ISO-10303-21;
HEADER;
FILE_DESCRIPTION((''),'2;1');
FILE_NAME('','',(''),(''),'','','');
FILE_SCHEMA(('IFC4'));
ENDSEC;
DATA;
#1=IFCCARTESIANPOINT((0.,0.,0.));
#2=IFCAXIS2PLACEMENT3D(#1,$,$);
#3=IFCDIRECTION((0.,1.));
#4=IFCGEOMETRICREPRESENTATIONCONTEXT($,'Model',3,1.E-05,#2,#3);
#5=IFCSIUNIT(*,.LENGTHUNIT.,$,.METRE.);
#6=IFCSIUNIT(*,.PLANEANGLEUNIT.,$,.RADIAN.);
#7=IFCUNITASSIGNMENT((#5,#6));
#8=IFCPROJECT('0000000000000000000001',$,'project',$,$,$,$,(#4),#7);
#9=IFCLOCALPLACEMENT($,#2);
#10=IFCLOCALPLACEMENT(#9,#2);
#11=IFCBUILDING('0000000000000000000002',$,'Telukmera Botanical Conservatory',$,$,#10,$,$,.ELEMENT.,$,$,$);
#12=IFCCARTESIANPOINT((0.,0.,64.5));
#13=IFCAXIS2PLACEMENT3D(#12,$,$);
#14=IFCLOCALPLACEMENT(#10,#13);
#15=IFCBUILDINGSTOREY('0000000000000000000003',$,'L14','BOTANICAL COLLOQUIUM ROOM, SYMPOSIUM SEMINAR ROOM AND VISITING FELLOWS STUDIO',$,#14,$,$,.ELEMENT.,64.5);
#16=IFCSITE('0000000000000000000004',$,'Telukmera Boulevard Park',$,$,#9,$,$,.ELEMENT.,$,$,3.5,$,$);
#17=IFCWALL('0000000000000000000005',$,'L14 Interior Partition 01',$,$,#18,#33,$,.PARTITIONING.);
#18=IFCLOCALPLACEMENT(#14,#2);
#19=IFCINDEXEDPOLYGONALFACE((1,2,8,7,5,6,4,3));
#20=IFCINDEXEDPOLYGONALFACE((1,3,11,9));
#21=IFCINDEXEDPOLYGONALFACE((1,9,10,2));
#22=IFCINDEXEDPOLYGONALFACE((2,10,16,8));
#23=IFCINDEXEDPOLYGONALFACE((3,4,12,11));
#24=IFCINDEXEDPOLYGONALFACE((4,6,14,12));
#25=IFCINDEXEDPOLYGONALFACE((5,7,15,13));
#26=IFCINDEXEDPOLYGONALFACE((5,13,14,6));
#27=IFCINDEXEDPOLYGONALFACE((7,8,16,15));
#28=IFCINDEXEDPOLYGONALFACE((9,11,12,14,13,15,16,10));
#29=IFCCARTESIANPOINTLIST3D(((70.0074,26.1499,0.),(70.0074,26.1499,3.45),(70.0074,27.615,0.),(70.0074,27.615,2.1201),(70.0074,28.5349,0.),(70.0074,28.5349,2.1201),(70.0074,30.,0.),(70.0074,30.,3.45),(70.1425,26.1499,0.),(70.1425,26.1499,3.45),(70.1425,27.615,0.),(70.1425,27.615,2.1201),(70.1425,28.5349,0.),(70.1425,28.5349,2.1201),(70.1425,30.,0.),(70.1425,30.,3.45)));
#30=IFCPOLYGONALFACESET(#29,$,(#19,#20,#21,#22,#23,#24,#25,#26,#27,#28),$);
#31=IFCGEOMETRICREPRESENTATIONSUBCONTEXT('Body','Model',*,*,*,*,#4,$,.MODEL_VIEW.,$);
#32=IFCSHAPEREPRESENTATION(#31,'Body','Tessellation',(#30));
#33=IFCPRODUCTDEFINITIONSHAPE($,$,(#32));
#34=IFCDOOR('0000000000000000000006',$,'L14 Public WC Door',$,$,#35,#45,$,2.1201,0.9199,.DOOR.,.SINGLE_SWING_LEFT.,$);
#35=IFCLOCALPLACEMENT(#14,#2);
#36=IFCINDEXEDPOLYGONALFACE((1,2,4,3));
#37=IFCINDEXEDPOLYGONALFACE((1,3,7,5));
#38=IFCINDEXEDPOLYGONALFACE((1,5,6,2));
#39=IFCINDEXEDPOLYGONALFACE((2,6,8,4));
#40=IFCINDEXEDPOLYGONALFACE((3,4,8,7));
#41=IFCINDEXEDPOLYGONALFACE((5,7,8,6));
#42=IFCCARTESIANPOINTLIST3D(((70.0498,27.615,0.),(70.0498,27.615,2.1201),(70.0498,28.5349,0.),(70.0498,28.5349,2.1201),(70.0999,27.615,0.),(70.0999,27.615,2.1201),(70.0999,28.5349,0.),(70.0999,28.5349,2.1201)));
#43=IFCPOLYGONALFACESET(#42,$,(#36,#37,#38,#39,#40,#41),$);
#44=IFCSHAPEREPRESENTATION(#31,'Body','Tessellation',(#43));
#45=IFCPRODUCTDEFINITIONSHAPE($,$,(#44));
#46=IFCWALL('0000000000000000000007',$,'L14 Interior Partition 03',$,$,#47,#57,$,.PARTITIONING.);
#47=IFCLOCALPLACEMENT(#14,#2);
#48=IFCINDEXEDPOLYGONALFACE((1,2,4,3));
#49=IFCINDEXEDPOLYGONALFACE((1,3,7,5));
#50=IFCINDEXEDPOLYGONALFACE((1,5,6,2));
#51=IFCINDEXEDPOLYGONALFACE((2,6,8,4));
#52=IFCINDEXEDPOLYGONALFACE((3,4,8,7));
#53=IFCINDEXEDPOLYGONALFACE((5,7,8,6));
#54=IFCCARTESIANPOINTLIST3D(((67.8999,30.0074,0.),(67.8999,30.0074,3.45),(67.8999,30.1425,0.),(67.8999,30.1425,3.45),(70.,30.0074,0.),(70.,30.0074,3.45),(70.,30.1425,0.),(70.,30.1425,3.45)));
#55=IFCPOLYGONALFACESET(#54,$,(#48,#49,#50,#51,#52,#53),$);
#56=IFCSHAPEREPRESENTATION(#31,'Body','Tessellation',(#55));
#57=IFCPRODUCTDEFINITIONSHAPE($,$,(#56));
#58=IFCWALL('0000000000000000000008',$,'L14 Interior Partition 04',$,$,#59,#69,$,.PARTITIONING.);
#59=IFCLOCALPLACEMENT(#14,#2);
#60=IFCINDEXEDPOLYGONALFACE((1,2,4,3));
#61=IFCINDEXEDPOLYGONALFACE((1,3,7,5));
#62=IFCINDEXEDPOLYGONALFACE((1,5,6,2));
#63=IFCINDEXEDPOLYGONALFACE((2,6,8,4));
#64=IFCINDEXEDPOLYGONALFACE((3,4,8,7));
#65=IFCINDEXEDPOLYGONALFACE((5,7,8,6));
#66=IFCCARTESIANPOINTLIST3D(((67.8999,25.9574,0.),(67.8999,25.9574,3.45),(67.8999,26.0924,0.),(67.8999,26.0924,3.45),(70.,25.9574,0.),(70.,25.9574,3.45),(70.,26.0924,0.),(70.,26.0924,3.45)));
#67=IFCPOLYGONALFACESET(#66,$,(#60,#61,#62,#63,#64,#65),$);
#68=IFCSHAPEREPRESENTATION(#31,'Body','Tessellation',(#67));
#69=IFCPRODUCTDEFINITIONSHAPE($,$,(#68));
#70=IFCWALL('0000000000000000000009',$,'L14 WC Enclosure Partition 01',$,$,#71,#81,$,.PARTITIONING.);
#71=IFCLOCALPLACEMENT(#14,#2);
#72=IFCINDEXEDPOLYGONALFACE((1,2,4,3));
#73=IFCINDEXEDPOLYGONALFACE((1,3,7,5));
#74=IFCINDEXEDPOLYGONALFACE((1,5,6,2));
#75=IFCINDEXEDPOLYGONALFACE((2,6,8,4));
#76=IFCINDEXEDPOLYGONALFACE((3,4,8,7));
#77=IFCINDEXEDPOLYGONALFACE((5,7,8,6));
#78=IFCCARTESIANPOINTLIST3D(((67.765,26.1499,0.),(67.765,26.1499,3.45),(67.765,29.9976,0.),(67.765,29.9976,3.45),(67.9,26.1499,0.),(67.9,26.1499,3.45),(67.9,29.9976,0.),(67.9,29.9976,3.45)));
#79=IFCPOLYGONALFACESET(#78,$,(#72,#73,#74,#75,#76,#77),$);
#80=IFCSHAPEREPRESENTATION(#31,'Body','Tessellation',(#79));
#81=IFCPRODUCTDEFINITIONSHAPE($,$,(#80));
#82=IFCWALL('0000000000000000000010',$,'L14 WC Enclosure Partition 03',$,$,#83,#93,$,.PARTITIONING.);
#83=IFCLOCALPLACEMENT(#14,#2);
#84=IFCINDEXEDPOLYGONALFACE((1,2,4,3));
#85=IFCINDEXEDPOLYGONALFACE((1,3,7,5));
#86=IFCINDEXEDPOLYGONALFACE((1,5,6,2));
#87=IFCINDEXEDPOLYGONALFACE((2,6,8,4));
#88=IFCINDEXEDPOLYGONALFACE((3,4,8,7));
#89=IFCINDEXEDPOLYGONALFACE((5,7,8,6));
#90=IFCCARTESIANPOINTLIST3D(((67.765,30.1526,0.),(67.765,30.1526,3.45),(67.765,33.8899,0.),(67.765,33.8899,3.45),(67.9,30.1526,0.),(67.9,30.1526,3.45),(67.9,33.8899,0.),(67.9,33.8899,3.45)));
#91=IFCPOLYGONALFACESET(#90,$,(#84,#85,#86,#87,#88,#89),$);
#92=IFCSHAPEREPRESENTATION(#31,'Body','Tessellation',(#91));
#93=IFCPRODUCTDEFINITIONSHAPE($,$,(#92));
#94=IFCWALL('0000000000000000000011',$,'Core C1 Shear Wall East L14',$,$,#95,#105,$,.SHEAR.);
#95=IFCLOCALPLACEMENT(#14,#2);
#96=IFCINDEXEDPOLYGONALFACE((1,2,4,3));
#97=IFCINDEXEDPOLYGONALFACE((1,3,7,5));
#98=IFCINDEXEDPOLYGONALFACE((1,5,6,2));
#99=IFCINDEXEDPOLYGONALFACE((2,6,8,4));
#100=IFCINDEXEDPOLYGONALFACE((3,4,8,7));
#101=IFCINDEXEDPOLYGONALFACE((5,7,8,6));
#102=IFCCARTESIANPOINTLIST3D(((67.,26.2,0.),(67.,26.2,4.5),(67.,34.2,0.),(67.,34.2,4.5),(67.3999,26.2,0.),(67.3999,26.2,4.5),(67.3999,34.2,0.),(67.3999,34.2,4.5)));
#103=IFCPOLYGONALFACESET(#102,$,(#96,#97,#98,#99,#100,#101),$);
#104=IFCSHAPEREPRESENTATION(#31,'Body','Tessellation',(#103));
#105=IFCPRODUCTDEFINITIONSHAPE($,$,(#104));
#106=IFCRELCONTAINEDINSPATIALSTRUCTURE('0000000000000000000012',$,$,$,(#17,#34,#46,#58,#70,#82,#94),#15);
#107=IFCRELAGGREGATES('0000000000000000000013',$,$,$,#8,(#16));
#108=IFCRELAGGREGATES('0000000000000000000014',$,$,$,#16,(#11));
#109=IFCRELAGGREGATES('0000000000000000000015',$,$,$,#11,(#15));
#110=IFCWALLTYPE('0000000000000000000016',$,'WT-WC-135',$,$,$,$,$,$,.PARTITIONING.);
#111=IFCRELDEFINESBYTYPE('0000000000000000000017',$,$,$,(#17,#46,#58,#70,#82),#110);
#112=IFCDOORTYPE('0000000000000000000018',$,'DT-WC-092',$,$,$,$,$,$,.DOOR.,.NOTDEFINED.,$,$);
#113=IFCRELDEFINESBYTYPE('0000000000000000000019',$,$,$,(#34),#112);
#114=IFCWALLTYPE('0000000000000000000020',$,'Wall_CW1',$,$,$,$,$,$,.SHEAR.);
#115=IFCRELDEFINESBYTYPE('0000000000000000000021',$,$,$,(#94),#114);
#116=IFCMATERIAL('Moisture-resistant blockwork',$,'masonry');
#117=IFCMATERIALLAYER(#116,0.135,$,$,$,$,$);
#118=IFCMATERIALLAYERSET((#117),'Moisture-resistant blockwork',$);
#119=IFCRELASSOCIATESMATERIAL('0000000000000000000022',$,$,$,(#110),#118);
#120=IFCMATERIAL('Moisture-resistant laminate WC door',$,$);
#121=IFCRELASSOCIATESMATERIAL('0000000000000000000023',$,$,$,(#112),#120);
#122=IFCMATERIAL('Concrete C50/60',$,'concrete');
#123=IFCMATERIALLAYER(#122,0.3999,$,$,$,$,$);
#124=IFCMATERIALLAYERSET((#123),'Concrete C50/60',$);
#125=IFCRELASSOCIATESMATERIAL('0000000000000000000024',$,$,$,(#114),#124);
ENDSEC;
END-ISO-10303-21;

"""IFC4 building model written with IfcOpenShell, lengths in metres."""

from ifc_helpers import new_model, si_unit, direction, frame, frame_2d, origin, place, context, subcontext, project, spatial, rectangle, extrude, material, layer, layer_set, type_object, element, fill, save


model = new_model("IFC4")

# Units and contexts
model_context = context("Model", 3, precision=1e-05, world=origin(), true_north=direction((0.0, 1.0)))
body_context = subcontext(model_context, "Body", "Model", "MODEL_VIEW")
ifc_project = project(units=[si_unit("LENGTHUNIT", "METRE"), si_unit("PLANEANGLEUNIT", "RADIAN")], contexts=[model_context])

# Site, building, storey
site_placement = place(None, origin())
site = spatial("IfcSite", under=ifc_project, at=site_placement, Name="Telukmera Boulevard Park", CompositionType="ELEMENT", RefElevation=3.5)
building_placement = place(site_placement, origin())
building = spatial("IfcBuilding", under=site, at=building_placement, Name="Telukmera Botanical Conservatory", CompositionType="ELEMENT")
storey_placement = place(building_placement, frame((0.0, 0.0, 64.5)))
storey = spatial("IfcBuildingStorey", under=building, at=storey_placement, Name="L14", Description="BOTANICAL COLLOQUIUM ROOM, SYMPOSIUM SEMINAR ROOM AND VISITING FELLOWS STUDIO", CompositionType="ELEMENT", Elevation=64.5)

# Shared definitions
ifc_material_1 = material(Name="Concrete C50/60", Category="concrete")

# Wall, opening, door
ifc_material_2 = material(Name="Moisture-resistant blockwork", Category="masonry")
ifc_layer_1 = layer(ifc_material_2, 0.135)
ifc_layer_set_1 = layer_set([ifc_layer_1], Name="Moisture-resistant blockwork")
wall_type_1 = type_object("IfcWallType", Name="WT-WC-135", PredefinedType="PARTITIONING", material=ifc_layer_set_1)
wall_1_placement = place(storey_placement, frame((70.075, 26.1499, 0.0), z_axis=(0.0, 0.0, 1.0), x_axis=(0.0, 1.0, 0.0)))
wall_1 = element("IfcWall", 1, at=wall_1_placement, inside=storey, type_object=wall_type_1, Name="L14 Interior Partition 01", PredefinedType="PARTITIONING", context=body_context, shape_type="SweptSolid", body=[
    extrude(rectangle(XDim=3.8501, YDim=0.135, at=frame_2d((1.925, 0.0))), origin(), (0.0, 0.0, 1.0), 3.45),
])
opening_1_placement = place(wall_1_placement, frame((1.4651, 0.0, 0.0)))
opening_1 = element("IfcOpeningElement", 2, at=opening_1_placement, cuts=wall_1, PredefinedType="OPENING", context=body_context, shape_type="SweptSolid", body=[
    extrude(rectangle(XDim=0.9199, YDim=2.1201, at=frame_2d((0.46, 1.0601))), frame((0.0, 0.0774, 0.0), z_axis=(0.0, -1.0, 0.0), x_axis=(1.0, 0.0, 0.0)), (0.0, 0.0, 1.0), 0.155),
])
ifc_material_3 = material(Name="Moisture-resistant laminate WC door")
door_type_1 = type_object("IfcDoorType", Name="DT-WC-092", OperationType="NOTDEFINED", PredefinedType="DOOR", material=ifc_material_3)
door_1_placement = place(opening_1_placement, frame((0.9199, 0.0, 0.0), z_axis=(0.0, 0.0, 1.0), x_axis=(-1.0, 0.0, 0.0)))
door_1 = element("IfcDoor", 3, at=door_1_placement, inside=storey, type_object=door_type_1, Name="L14 Public WC Door", OperationType="SINGLE_SWING_LEFT", OverallHeight=2.1201, OverallWidth=0.9199, PredefinedType="DOOR", context=body_context, shape_type="SweptSolid", body=[
    extrude(rectangle(XDim=0.9199, YDim=2.1201, at=frame_2d((0.46, 1.0601))), frame((0.0, 0.0249, 0.0), z_axis=(0.0, -1.0, 0.0), x_axis=(1.0, 0.0, 0.0)), (0.0, 0.0, 1.0), 0.05),
])
fill(opening_1, door_1)

# Walls
for number, where, z_axis, x_axis, name in (
    (4, (67.8999, 30.075, 0.0), (0.0, 0.0, 1.0), (1.0, 0.0, 0.0), "L14 Interior Partition 03"),
    (5, (67.8999, 26.0249, 0.0), (0.0, 0.0, 1.0), (1.0, 0.0, 0.0), "L14 Interior Partition 04"),
):
    element("IfcWall", number, at=place(storey_placement, frame(where, z_axis=z_axis, x_axis=x_axis)), inside=storey, type_object=wall_type_1, Name=name, PredefinedType="PARTITIONING", context=body_context, shape_type="SweptSolid", body=[
        extrude(rectangle(XDim=2.1001, YDim=0.135, at=frame_2d((1.05, 0.0))), origin(), (0.0, 0.0, 1.0), 3.45),
    ])
wall_2_placement = place(storey_placement, frame((67.8325, 26.1499, 0.0), z_axis=(0.0, 0.0, 1.0), x_axis=(0.0, 1.0, 0.0)))
element("IfcWall", 6, at=wall_2_placement, inside=storey, type_object=wall_type_1, Name="L14 WC Enclosure Partition 01", PredefinedType="PARTITIONING", context=body_context, shape_type="SweptSolid", body=[
    extrude(rectangle(XDim=3.8477, YDim=0.135, at=frame_2d((1.9238, 0.0))), origin(), (0.0, 0.0, 1.0), 3.45),
])
wall_3_placement = place(storey_placement, frame((67.8325, 30.1526, 0.0), z_axis=(0.0, 0.0, 1.0), x_axis=(0.0, 1.0, 0.0)))
element("IfcWall", 7, at=wall_3_placement, inside=storey, type_object=wall_type_1, Name="L14 WC Enclosure Partition 03", PredefinedType="PARTITIONING", context=body_context, shape_type="SweptSolid", body=[
    extrude(rectangle(XDim=3.7373, YDim=0.135, at=frame_2d((1.8687, 0.0))), origin(), (0.0, 0.0, 1.0), 3.45),
])
ifc_layer_2 = layer(ifc_material_1, 0.3999)
ifc_layer_set_2 = layer_set([ifc_layer_2], Name="Concrete C50/60")
wall_type_2 = type_object("IfcWallType", Name="Wall_CW1", PredefinedType="SHEAR", material=ifc_layer_set_2)
wall_4_placement = place(storey_placement, frame((67.2, 26.2, 0.0), z_axis=(0.0, 0.0, 1.0), x_axis=(0.0, 1.0, 0.0)))
element("IfcWall", 8, at=wall_4_placement, inside=storey, type_object=wall_type_2, Name="Core C1 Shear Wall East L14", PredefinedType="SHEAR", context=body_context, shape_type="SweptSolid", body=[
    extrude(rectangle(XDim=8.0, YDim=0.3999, at=frame_2d((4.0, 0.0))), origin(), (0.0, 0.0, 1.0), 4.5),
])

save(model, "model.ifc")
